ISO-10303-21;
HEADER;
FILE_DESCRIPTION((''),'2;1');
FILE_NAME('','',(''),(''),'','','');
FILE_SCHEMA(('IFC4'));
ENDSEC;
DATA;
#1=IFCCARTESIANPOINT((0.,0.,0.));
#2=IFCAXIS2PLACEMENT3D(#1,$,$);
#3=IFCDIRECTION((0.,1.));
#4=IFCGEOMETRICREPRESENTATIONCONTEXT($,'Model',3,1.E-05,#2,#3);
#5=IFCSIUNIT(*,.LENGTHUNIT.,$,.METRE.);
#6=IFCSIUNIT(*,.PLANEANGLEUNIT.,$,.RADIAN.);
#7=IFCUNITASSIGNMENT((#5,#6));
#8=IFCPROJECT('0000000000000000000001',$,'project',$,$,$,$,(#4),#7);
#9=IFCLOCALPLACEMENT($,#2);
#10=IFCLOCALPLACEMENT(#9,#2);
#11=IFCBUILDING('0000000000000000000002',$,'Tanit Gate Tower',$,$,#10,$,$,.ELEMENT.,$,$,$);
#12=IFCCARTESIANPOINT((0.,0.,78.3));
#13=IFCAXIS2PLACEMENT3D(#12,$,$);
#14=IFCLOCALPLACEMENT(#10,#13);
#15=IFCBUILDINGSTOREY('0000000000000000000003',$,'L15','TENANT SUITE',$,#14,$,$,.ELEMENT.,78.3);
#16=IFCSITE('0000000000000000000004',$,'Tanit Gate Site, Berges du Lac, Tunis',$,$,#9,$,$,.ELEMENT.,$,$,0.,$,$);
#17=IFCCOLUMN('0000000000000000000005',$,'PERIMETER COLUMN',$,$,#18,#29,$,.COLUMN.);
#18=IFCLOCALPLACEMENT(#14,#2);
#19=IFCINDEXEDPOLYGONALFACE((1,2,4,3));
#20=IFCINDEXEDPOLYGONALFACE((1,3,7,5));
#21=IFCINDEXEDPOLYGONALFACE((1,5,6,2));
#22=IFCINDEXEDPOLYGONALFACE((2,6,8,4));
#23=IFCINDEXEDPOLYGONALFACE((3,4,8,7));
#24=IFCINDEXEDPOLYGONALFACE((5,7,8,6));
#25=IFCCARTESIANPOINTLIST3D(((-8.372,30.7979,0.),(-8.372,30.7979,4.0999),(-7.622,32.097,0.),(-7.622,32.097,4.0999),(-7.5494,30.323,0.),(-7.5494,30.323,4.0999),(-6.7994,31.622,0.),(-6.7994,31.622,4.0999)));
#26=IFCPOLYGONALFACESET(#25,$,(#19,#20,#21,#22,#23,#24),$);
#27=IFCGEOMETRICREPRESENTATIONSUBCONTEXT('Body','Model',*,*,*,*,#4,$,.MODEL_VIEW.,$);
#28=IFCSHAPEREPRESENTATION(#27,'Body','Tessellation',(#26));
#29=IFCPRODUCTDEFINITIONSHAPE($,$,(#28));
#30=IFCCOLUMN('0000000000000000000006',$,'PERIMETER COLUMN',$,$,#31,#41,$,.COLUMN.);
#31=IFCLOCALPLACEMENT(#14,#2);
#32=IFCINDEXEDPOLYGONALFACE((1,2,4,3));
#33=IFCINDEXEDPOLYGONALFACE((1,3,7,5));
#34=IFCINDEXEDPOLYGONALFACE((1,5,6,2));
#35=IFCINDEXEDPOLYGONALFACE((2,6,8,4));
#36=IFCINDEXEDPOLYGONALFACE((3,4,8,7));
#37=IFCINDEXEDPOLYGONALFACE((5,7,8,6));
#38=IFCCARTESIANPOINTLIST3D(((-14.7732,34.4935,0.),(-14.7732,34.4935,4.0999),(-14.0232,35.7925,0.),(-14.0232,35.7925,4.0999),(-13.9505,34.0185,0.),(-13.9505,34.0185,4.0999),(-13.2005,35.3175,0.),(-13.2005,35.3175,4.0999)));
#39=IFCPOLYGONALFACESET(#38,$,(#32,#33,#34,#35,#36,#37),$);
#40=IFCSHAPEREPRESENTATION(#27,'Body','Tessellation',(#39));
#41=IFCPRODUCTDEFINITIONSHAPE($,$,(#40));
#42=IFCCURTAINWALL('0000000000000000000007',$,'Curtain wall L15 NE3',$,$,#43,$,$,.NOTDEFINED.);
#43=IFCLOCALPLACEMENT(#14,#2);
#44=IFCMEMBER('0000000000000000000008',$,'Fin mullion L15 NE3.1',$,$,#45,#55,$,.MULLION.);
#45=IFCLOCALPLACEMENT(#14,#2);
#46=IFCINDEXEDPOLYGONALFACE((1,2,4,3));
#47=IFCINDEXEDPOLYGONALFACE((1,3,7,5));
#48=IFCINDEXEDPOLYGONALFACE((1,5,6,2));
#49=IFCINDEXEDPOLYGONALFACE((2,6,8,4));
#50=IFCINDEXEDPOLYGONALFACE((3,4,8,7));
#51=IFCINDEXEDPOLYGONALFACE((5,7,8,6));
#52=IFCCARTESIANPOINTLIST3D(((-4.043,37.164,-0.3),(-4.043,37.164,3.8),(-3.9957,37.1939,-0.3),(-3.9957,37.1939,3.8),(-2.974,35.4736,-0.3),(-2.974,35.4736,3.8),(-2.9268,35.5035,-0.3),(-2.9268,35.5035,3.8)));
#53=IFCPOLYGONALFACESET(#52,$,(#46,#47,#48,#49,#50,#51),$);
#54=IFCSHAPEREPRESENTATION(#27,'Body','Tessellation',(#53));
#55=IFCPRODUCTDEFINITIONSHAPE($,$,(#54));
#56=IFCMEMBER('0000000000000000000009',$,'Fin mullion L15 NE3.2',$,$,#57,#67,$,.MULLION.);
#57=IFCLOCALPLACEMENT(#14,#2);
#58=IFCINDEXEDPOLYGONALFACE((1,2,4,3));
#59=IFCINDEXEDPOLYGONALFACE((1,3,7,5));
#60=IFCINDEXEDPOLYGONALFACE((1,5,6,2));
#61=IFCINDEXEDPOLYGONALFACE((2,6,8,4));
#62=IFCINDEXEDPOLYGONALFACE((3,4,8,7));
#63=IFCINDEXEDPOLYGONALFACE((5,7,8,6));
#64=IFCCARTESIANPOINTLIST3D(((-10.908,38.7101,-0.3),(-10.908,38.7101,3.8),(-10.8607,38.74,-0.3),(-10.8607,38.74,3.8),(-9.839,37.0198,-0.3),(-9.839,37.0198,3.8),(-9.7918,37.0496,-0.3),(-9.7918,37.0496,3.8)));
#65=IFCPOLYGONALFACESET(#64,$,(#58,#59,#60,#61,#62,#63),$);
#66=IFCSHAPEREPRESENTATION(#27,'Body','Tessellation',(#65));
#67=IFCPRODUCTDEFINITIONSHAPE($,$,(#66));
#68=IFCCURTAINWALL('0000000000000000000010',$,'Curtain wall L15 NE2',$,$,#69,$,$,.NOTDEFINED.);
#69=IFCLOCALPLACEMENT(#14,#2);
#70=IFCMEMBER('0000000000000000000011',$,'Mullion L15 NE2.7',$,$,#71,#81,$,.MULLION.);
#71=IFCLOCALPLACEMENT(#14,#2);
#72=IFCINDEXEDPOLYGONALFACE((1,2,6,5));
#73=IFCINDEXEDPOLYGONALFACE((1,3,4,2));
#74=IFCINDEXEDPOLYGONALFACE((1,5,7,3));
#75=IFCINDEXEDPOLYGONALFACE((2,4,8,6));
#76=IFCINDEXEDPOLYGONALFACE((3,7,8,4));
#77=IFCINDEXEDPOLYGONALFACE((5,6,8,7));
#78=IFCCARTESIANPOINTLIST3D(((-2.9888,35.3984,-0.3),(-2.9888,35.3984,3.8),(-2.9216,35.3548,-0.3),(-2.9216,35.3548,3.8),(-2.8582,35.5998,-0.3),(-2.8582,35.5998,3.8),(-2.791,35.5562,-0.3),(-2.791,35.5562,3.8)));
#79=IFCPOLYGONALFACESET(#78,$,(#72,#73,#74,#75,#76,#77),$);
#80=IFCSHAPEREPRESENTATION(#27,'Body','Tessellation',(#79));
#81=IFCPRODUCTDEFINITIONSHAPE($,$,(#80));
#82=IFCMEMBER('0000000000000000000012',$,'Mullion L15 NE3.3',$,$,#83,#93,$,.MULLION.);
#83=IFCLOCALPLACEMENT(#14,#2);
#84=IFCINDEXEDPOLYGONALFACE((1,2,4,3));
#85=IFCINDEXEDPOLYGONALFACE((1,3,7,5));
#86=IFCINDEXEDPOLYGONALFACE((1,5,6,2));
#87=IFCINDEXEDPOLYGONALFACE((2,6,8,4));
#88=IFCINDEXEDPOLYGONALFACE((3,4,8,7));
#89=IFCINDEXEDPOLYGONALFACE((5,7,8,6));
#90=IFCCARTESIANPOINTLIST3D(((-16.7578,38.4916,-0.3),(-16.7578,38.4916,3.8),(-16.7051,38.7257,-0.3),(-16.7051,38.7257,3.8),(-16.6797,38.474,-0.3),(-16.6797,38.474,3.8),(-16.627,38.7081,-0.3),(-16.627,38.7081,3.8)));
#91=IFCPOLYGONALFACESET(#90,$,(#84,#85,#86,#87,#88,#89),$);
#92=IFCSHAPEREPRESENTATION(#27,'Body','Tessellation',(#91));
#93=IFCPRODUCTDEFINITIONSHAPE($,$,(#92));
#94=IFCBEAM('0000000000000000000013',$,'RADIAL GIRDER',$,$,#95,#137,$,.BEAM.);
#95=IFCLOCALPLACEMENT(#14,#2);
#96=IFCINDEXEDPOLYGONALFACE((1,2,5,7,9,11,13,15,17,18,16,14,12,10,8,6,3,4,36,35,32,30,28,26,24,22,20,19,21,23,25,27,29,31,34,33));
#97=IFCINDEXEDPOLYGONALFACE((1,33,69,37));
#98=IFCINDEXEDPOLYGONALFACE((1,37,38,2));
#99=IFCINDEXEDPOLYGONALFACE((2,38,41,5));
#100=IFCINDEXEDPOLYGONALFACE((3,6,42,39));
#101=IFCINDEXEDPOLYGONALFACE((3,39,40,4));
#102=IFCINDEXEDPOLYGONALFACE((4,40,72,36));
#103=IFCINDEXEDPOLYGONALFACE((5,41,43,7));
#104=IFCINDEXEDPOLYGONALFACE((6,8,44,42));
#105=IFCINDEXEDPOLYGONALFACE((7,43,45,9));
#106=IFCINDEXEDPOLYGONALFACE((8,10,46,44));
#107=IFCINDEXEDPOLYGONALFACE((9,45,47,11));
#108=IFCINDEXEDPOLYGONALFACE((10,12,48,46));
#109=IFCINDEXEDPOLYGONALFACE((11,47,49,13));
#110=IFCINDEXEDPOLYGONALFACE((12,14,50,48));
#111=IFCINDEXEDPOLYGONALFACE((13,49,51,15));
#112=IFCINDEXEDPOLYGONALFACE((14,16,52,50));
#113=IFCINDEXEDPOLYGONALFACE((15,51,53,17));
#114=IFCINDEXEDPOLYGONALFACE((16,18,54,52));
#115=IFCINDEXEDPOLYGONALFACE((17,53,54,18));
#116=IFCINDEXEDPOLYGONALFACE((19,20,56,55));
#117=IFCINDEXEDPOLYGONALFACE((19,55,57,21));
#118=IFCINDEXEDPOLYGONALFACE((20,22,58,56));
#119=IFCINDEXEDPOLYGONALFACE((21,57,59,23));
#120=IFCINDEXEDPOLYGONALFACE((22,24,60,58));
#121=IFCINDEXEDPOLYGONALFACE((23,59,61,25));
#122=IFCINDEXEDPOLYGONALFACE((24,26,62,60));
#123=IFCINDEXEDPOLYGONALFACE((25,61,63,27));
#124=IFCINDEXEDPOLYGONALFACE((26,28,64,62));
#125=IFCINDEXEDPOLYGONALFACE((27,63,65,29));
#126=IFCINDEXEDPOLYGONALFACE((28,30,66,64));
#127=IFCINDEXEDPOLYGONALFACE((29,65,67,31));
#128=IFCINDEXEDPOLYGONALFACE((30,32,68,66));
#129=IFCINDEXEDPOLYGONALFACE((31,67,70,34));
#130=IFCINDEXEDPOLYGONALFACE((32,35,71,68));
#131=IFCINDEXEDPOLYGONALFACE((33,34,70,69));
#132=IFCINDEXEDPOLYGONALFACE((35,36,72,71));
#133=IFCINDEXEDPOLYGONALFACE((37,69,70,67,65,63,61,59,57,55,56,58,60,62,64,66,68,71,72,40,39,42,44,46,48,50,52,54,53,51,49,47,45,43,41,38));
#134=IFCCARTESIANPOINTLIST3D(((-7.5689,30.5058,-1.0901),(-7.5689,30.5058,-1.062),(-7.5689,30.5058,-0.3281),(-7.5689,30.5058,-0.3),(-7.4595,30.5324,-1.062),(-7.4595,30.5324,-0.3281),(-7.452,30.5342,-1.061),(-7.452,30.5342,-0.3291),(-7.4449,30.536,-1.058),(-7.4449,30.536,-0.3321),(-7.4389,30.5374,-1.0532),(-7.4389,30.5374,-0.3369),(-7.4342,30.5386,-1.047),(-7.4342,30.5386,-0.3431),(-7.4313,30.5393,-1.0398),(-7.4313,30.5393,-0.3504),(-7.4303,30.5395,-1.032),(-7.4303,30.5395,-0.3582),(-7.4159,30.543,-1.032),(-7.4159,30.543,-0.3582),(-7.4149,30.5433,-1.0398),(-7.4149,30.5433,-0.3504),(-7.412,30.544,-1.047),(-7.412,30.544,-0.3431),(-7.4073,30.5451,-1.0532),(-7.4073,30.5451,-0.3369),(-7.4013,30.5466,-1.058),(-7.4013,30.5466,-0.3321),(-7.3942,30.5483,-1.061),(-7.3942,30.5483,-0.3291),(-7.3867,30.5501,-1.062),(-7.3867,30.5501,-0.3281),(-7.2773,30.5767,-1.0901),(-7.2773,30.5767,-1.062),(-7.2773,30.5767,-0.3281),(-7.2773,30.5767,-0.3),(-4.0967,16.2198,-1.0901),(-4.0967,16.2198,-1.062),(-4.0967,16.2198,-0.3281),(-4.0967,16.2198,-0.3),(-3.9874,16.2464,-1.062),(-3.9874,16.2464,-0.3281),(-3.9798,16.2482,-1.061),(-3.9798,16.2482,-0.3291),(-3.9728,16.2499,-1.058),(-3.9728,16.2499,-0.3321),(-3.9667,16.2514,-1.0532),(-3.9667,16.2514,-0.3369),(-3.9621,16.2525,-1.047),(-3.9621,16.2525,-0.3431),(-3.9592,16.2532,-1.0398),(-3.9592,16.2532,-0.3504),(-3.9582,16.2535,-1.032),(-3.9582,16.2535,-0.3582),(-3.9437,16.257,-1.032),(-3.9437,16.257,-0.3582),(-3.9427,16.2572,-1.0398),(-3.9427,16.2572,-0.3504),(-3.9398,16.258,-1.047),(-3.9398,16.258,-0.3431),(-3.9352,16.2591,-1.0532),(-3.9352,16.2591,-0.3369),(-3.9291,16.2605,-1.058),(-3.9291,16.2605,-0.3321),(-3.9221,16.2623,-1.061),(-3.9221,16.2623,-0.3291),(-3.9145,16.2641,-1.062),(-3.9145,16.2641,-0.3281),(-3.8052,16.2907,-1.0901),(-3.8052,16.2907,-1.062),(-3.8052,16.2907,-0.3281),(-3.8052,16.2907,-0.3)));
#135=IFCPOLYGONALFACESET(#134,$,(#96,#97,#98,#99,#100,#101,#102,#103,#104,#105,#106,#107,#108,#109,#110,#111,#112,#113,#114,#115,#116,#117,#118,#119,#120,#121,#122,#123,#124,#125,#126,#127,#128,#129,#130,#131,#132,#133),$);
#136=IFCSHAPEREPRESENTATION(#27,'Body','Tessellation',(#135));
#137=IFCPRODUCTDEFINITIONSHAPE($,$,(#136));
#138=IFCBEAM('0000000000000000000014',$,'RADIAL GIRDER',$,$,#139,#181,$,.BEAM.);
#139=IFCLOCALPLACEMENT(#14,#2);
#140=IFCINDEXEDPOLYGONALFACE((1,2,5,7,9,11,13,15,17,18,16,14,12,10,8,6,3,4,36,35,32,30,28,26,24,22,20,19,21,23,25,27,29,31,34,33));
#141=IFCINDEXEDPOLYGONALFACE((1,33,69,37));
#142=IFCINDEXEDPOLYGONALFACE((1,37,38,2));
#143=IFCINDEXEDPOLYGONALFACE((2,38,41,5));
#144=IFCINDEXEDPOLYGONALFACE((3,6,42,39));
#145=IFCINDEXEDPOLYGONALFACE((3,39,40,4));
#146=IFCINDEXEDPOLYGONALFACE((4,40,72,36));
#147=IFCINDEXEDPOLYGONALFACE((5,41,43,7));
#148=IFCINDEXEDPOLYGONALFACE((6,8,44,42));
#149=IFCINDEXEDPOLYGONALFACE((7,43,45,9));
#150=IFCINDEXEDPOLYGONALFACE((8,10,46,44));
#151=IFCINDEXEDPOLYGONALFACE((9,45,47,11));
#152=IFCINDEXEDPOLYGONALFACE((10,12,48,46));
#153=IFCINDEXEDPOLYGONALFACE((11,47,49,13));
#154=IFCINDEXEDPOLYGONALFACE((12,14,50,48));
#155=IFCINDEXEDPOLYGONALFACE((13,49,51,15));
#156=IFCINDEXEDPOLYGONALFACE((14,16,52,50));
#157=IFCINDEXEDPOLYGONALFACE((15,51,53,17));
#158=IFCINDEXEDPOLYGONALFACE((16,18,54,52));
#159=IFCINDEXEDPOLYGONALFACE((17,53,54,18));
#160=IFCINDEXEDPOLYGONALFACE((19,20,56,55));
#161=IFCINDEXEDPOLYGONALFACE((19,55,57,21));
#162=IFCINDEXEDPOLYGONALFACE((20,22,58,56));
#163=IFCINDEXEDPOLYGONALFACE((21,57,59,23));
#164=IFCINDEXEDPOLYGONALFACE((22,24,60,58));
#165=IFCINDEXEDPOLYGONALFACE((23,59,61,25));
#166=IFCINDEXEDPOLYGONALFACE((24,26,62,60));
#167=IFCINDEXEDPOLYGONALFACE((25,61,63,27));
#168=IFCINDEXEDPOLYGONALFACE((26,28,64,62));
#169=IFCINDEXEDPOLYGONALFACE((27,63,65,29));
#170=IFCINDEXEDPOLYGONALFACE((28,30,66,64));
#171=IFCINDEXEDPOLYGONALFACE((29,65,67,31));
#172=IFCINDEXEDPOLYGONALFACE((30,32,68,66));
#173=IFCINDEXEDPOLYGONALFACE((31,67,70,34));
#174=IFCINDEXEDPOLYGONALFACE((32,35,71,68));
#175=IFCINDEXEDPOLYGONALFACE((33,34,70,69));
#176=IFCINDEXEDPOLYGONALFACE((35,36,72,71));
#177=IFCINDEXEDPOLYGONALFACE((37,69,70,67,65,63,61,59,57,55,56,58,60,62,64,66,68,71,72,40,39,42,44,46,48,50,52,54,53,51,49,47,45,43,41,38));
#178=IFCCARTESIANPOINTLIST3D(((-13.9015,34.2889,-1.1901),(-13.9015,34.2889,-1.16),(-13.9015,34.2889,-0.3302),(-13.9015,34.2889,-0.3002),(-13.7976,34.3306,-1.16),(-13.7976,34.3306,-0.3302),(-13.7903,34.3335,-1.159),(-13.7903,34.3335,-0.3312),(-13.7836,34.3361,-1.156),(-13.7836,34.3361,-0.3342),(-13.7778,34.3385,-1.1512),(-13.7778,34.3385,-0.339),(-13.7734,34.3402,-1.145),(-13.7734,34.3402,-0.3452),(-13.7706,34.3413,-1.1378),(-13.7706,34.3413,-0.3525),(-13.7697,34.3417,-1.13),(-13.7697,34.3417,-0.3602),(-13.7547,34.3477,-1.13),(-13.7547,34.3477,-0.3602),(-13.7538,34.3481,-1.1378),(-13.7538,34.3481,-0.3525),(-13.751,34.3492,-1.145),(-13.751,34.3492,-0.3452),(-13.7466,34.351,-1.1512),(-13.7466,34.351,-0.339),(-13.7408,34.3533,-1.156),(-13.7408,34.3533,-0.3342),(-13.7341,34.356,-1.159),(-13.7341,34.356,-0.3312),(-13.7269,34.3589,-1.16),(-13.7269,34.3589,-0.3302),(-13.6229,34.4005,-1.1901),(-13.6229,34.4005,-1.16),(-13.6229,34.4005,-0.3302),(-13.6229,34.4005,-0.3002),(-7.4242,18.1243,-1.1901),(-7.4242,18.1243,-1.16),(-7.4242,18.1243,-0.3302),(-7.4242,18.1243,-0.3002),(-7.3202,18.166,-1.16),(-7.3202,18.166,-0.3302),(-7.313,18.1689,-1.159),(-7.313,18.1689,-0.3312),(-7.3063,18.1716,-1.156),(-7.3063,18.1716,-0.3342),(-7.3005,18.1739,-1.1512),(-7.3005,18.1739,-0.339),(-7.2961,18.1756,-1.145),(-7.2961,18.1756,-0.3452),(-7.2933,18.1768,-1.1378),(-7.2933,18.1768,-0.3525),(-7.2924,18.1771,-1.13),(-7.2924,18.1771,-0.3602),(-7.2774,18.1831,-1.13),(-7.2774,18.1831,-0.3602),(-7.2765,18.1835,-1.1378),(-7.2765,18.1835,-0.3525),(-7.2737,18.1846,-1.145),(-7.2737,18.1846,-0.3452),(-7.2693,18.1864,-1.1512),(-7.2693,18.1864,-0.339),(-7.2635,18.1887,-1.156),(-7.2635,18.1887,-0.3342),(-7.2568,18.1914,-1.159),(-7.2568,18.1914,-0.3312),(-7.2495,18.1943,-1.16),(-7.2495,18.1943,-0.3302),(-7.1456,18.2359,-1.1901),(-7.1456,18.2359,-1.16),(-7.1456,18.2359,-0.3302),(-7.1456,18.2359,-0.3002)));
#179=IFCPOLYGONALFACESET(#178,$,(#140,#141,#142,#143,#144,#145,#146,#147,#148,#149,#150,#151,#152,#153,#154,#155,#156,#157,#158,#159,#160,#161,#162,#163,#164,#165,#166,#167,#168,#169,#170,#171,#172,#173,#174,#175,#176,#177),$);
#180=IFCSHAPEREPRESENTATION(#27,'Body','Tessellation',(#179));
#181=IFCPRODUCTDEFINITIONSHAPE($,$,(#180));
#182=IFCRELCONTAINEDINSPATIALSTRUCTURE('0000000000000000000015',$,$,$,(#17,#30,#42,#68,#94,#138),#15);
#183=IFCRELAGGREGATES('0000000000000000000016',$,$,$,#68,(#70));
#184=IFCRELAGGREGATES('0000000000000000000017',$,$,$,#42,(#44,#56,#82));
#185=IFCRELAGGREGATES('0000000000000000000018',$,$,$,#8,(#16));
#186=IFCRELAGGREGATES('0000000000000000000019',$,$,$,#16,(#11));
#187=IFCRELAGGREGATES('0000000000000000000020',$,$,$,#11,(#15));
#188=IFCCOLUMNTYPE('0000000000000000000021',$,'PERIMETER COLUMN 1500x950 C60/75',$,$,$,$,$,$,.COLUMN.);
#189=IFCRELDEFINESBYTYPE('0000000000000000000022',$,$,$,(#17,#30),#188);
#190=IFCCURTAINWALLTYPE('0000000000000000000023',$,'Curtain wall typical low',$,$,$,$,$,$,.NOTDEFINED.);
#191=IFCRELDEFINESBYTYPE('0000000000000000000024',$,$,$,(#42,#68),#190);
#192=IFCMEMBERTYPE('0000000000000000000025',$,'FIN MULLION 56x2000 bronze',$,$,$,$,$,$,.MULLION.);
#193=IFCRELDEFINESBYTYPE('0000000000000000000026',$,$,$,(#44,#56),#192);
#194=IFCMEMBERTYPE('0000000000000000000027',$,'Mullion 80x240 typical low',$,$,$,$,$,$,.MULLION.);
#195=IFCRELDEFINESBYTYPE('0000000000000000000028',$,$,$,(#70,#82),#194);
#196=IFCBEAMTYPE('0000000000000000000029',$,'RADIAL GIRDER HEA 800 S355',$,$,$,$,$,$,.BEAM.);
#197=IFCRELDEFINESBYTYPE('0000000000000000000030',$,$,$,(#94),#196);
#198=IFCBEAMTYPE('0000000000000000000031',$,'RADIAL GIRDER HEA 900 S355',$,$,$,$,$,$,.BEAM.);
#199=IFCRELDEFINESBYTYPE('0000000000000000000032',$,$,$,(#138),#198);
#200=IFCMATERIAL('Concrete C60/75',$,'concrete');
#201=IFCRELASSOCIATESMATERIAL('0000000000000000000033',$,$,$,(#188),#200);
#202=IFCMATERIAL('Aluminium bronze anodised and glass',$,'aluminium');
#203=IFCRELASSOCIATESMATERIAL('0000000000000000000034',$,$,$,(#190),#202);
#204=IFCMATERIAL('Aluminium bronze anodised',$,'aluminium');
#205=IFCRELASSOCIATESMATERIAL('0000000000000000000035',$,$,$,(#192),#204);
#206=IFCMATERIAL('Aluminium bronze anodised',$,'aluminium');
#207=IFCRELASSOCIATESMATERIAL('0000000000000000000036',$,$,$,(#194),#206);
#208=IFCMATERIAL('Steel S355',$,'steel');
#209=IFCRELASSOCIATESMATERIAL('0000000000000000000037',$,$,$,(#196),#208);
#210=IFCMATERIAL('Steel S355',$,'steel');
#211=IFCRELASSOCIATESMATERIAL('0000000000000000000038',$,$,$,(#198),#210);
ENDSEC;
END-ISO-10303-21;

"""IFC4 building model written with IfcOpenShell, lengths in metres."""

from ifc_helpers import new_model, si_unit, direction, frame, origin, origin_2d, place, context, subcontext, project, spatial, rectangle, i_section, extrude, material, material_profile, profile_set, type_object, element, aggregate, save


model = new_model("IFC4")

# Units and contexts
model_context = context("Model", 3, precision=1e-05, world=origin(), true_north=direction((0.0, 1.0)))
body_context = subcontext(model_context, "Body", "Model", "MODEL_VIEW")
ifc_project = project(units=[si_unit("LENGTHUNIT", "METRE"), si_unit("PLANEANGLEUNIT", "RADIAN")], contexts=[model_context])

# Site, building, storey
site_placement = place(None, origin())
site = spatial("IfcSite", under=ifc_project, at=site_placement, Name="Tanit Gate Site, Berges du Lac, Tunis", CompositionType="ELEMENT", RefElevation=0.0)
building_placement = place(site_placement, origin())
building = spatial("IfcBuilding", under=site, at=building_placement, Name="Tanit Gate Tower", CompositionType="ELEMENT")
storey_placement = place(building_placement, frame((0.0, 0.0, 78.3)))
storey = spatial("IfcBuildingStorey", under=building, at=storey_placement, Name="L15", Description="TENANT SUITE", CompositionType="ELEMENT", Elevation=78.3)

# Columns
ifc_material_1 = material(Name="Concrete C60/75", Category="concrete")
ifc_material_profile_1 = material_profile(ifc_material_1, rectangle(XDim=1.5, YDim=0.95, at=origin_2d()), Name="RC 1500x950")
ifc_profile_set_1 = profile_set([ifc_material_profile_1], Name="Concrete C60/75")
column_type = type_object("IfcColumnType", Name="PERIMETER COLUMN 1500x950 C60/75", PredefinedType="COLUMN", material=ifc_profile_set_1)
for number, where, z_axis, x_axis, name in (
    (1, (-7.5857, 31.21, 0.0), (0.0, 0.0, 1.0), (0.5, 0.866025, 0.0), "PERIMETER COLUMN"),
    (2, (-13.9868, 34.9055, 0.0), (0.0, 0.0, 1.0), (0.5, 0.866025, 0.0), "PERIMETER COLUMN"),
):
    element("IfcColumn", number, at=place(storey_placement, frame(where, z_axis=z_axis, x_axis=x_axis)), inside=storey, type_object=column_type, Name=name, PredefinedType="COLUMN", context=body_context, shape_type="SweptSolid", body=[
        extrude(rectangle(XDim=1.5, YDim=0.95, at=origin_2d()), origin(), (0.0, 0.0, 1.0), 4.0999),
    ])

# Curtain wall, members
ifc_material_2 = material(Name="Aluminium bronze anodised and glass", Category="aluminium")
curtain_wall_type = type_object("IfcCurtainWallType", Name="Curtain wall typical low", PredefinedType="NOTDEFINED", material=ifc_material_2)
curtain_wall_1_placement = place(storey_placement, origin())
curtain_wall_1 = element("IfcCurtainWall", 3, at=curtain_wall_1_placement, inside=storey, type_object=curtain_wall_type, Name="Curtain wall L15 NE3", PredefinedType="NOTDEFINED")
ifc_material_3 = material(Name="Aluminium bronze anodised", Category="aluminium")
ifc_material_profile_2 = material_profile(ifc_material_3, rectangle(XDim=2.0, YDim=0.0559, at=origin_2d()), Name="56x2000 bronze fin mullion")
ifc_profile_set_2 = profile_set([ifc_material_profile_2], Name="Aluminium bronze anodised")
member_type_1 = type_object("IfcMemberType", Name="FIN MULLION 56x2000 bronze", PredefinedType="MULLION", material=ifc_profile_set_2)
member_1_placement = place(storey_placement, frame((-3.4849, 36.3337, -0.3), z_axis=(0.0, 0.0, 1.0), x_axis=(0.534475, -0.845184, 0.0)))
member_1 = element("IfcMember", 4, at=member_1_placement, type_object=member_type_1, Name="Fin mullion L15 NE3.1", PredefinedType="MULLION", context=body_context, shape_type="SweptSolid", body=[
    extrude(rectangle(XDim=2.0, YDim=0.0559, at=origin_2d()), origin(), (0.0, 0.0, 1.0), 4.1001),
])
member_2_placement = place(storey_placement, frame((-10.3499, 37.8799, -0.3), z_axis=(0.0, 0.0, 1.0), x_axis=(0.534475, -0.845184, 0.0)))
member_2 = element("IfcMember", 5, at=member_2_placement, type_object=member_type_1, Name="Fin mullion L15 NE3.2", PredefinedType="MULLION", context=body_context, shape_type="SweptSolid", body=[
    extrude(rectangle(XDim=2.0, YDim=0.0559, at=origin_2d()), origin(), (0.0, 0.0, 1.0), 4.1001),
])

# Curtain wall, member
curtain_wall_2_placement = place(storey_placement, origin())
curtain_wall_2 = element("IfcCurtainWall", 6, at=curtain_wall_2_placement, inside=storey, type_object=curtain_wall_type, Name="Curtain wall L15 NE2", PredefinedType="NOTDEFINED")
ifc_material_4 = material(Name="Aluminium bronze anodised", Category="aluminium")
ifc_material_profile_3 = material_profile(ifc_material_4, rectangle(XDim=0.24, YDim=0.0801, at=origin_2d()), Name="80x240 bronze mullion")
ifc_profile_set_3 = profile_set([ifc_material_profile_3], Name="Aluminium bronze anodised")
member_type_2 = type_object("IfcMemberType", Name="Mullion 80x240 typical low", PredefinedType="MULLION", material=ifc_profile_set_3)
member_3_placement = place(storey_placement, frame((-2.8899, 35.4773, -0.3), z_axis=(0.0, 0.0, 1.0), x_axis=(-0.544243, -0.838927, 0.0)))
member_3 = element("IfcMember", 7, at=member_3_placement, type_object=member_type_2, Name="Mullion L15 NE2.7", PredefinedType="MULLION", context=body_context, shape_type="SweptSolid", body=[
    extrude(rectangle(XDim=0.24, YDim=0.0801, at=origin_2d()), origin(), (0.0, 0.0, 1.0), 4.1001),
])
aggregate(curtain_wall_2, [member_3])

# Member
member_4_placement = place(storey_placement, frame((-16.6924, 38.5999, -0.3), z_axis=(0.0, 0.0, 1.0), x_axis=(-0.219705, -0.975566, 0.0)))
member_4 = element("IfcMember", 8, at=member_4_placement, type_object=member_type_2, Name="Mullion L15 NE3.3", PredefinedType="MULLION", context=body_context, shape_type="SweptSolid", body=[
    extrude(rectangle(XDim=0.24, YDim=0.0801, at=origin_2d()), origin(), (0.0, 0.0, 1.0), 4.1001),
])

# Beams
ifc_material_5 = material(Name="Steel S355", Category="steel")
ifc_material_profile_4 = material_profile(ifc_material_5, i_section(OverallWidth=0.3, OverallDepth=0.79, WebThickness=0.0149, FlangeThickness=0.0281, FilletRadius=0.03, at=origin_2d()), Name="HEA 800")
ifc_profile_set_4 = profile_set([ifc_material_profile_4], Name="Steel S355")
beam_type_1 = type_object("IfcBeamType", Name="RADIAL GIRDER HEA 800 S355", PredefinedType="BEAM", material=ifc_profile_set_4)
beam_1_placement = place(storey_placement, frame((-7.4231, 30.5413, -0.6951), z_axis=(0.236169, -0.971712, 0.0), x_axis=(0.971712, 0.236169, 0.0)))
element("IfcBeam", 9, at=beam_1_placement, inside=storey, type_object=beam_type_1, Name="RADIAL GIRDER", PredefinedType="BEAM", context=body_context, shape_type="SweptSolid", body=[
    extrude(i_section(OverallWidth=0.3, OverallDepth=0.79, WebThickness=0.0149, FlangeThickness=0.0281, FilletRadius=0.03, at=origin_2d()), origin(), (0.0, 0.0, 1.0), 14.7019),
])
ifc_material_6 = material(Name="Steel S355", Category="steel")
ifc_material_profile_5 = material_profile(ifc_material_6, i_section(OverallWidth=0.3, OverallDepth=0.8899, WebThickness=0.0161, FlangeThickness=0.03, FilletRadius=0.03, at=origin_2d()), Name="HEA 900")
ifc_profile_set_5 = profile_set([ifc_material_profile_5], Name="Steel S355")
beam_type_2 = type_object("IfcBeamType", Name="RADIAL GIRDER HEA 900 S355", PredefinedType="BEAM", material=ifc_profile_set_5)
beam_2_placement = place(storey_placement, frame((-13.7622, 34.3447, -0.7451), z_axis=(0.371959, -0.928249, 0.0), x_axis=(0.928249, 0.371959, 0.0)))
element("IfcBeam", 10, at=beam_2_placement, inside=storey, type_object=beam_type_2, Name="RADIAL GIRDER", PredefinedType="BEAM", context=body_context, shape_type="SweptSolid", body=[
    extrude(i_section(OverallWidth=0.3, OverallDepth=0.8899, WebThickness=0.0161, FlangeThickness=0.03, FilletRadius=0.03, at=origin_2d()), origin(), (0.0, 0.0, 1.0), 17.4141),
])

aggregate(curtain_wall_1, [member_1, member_2, member_4])

save(model, "model.ifc")
